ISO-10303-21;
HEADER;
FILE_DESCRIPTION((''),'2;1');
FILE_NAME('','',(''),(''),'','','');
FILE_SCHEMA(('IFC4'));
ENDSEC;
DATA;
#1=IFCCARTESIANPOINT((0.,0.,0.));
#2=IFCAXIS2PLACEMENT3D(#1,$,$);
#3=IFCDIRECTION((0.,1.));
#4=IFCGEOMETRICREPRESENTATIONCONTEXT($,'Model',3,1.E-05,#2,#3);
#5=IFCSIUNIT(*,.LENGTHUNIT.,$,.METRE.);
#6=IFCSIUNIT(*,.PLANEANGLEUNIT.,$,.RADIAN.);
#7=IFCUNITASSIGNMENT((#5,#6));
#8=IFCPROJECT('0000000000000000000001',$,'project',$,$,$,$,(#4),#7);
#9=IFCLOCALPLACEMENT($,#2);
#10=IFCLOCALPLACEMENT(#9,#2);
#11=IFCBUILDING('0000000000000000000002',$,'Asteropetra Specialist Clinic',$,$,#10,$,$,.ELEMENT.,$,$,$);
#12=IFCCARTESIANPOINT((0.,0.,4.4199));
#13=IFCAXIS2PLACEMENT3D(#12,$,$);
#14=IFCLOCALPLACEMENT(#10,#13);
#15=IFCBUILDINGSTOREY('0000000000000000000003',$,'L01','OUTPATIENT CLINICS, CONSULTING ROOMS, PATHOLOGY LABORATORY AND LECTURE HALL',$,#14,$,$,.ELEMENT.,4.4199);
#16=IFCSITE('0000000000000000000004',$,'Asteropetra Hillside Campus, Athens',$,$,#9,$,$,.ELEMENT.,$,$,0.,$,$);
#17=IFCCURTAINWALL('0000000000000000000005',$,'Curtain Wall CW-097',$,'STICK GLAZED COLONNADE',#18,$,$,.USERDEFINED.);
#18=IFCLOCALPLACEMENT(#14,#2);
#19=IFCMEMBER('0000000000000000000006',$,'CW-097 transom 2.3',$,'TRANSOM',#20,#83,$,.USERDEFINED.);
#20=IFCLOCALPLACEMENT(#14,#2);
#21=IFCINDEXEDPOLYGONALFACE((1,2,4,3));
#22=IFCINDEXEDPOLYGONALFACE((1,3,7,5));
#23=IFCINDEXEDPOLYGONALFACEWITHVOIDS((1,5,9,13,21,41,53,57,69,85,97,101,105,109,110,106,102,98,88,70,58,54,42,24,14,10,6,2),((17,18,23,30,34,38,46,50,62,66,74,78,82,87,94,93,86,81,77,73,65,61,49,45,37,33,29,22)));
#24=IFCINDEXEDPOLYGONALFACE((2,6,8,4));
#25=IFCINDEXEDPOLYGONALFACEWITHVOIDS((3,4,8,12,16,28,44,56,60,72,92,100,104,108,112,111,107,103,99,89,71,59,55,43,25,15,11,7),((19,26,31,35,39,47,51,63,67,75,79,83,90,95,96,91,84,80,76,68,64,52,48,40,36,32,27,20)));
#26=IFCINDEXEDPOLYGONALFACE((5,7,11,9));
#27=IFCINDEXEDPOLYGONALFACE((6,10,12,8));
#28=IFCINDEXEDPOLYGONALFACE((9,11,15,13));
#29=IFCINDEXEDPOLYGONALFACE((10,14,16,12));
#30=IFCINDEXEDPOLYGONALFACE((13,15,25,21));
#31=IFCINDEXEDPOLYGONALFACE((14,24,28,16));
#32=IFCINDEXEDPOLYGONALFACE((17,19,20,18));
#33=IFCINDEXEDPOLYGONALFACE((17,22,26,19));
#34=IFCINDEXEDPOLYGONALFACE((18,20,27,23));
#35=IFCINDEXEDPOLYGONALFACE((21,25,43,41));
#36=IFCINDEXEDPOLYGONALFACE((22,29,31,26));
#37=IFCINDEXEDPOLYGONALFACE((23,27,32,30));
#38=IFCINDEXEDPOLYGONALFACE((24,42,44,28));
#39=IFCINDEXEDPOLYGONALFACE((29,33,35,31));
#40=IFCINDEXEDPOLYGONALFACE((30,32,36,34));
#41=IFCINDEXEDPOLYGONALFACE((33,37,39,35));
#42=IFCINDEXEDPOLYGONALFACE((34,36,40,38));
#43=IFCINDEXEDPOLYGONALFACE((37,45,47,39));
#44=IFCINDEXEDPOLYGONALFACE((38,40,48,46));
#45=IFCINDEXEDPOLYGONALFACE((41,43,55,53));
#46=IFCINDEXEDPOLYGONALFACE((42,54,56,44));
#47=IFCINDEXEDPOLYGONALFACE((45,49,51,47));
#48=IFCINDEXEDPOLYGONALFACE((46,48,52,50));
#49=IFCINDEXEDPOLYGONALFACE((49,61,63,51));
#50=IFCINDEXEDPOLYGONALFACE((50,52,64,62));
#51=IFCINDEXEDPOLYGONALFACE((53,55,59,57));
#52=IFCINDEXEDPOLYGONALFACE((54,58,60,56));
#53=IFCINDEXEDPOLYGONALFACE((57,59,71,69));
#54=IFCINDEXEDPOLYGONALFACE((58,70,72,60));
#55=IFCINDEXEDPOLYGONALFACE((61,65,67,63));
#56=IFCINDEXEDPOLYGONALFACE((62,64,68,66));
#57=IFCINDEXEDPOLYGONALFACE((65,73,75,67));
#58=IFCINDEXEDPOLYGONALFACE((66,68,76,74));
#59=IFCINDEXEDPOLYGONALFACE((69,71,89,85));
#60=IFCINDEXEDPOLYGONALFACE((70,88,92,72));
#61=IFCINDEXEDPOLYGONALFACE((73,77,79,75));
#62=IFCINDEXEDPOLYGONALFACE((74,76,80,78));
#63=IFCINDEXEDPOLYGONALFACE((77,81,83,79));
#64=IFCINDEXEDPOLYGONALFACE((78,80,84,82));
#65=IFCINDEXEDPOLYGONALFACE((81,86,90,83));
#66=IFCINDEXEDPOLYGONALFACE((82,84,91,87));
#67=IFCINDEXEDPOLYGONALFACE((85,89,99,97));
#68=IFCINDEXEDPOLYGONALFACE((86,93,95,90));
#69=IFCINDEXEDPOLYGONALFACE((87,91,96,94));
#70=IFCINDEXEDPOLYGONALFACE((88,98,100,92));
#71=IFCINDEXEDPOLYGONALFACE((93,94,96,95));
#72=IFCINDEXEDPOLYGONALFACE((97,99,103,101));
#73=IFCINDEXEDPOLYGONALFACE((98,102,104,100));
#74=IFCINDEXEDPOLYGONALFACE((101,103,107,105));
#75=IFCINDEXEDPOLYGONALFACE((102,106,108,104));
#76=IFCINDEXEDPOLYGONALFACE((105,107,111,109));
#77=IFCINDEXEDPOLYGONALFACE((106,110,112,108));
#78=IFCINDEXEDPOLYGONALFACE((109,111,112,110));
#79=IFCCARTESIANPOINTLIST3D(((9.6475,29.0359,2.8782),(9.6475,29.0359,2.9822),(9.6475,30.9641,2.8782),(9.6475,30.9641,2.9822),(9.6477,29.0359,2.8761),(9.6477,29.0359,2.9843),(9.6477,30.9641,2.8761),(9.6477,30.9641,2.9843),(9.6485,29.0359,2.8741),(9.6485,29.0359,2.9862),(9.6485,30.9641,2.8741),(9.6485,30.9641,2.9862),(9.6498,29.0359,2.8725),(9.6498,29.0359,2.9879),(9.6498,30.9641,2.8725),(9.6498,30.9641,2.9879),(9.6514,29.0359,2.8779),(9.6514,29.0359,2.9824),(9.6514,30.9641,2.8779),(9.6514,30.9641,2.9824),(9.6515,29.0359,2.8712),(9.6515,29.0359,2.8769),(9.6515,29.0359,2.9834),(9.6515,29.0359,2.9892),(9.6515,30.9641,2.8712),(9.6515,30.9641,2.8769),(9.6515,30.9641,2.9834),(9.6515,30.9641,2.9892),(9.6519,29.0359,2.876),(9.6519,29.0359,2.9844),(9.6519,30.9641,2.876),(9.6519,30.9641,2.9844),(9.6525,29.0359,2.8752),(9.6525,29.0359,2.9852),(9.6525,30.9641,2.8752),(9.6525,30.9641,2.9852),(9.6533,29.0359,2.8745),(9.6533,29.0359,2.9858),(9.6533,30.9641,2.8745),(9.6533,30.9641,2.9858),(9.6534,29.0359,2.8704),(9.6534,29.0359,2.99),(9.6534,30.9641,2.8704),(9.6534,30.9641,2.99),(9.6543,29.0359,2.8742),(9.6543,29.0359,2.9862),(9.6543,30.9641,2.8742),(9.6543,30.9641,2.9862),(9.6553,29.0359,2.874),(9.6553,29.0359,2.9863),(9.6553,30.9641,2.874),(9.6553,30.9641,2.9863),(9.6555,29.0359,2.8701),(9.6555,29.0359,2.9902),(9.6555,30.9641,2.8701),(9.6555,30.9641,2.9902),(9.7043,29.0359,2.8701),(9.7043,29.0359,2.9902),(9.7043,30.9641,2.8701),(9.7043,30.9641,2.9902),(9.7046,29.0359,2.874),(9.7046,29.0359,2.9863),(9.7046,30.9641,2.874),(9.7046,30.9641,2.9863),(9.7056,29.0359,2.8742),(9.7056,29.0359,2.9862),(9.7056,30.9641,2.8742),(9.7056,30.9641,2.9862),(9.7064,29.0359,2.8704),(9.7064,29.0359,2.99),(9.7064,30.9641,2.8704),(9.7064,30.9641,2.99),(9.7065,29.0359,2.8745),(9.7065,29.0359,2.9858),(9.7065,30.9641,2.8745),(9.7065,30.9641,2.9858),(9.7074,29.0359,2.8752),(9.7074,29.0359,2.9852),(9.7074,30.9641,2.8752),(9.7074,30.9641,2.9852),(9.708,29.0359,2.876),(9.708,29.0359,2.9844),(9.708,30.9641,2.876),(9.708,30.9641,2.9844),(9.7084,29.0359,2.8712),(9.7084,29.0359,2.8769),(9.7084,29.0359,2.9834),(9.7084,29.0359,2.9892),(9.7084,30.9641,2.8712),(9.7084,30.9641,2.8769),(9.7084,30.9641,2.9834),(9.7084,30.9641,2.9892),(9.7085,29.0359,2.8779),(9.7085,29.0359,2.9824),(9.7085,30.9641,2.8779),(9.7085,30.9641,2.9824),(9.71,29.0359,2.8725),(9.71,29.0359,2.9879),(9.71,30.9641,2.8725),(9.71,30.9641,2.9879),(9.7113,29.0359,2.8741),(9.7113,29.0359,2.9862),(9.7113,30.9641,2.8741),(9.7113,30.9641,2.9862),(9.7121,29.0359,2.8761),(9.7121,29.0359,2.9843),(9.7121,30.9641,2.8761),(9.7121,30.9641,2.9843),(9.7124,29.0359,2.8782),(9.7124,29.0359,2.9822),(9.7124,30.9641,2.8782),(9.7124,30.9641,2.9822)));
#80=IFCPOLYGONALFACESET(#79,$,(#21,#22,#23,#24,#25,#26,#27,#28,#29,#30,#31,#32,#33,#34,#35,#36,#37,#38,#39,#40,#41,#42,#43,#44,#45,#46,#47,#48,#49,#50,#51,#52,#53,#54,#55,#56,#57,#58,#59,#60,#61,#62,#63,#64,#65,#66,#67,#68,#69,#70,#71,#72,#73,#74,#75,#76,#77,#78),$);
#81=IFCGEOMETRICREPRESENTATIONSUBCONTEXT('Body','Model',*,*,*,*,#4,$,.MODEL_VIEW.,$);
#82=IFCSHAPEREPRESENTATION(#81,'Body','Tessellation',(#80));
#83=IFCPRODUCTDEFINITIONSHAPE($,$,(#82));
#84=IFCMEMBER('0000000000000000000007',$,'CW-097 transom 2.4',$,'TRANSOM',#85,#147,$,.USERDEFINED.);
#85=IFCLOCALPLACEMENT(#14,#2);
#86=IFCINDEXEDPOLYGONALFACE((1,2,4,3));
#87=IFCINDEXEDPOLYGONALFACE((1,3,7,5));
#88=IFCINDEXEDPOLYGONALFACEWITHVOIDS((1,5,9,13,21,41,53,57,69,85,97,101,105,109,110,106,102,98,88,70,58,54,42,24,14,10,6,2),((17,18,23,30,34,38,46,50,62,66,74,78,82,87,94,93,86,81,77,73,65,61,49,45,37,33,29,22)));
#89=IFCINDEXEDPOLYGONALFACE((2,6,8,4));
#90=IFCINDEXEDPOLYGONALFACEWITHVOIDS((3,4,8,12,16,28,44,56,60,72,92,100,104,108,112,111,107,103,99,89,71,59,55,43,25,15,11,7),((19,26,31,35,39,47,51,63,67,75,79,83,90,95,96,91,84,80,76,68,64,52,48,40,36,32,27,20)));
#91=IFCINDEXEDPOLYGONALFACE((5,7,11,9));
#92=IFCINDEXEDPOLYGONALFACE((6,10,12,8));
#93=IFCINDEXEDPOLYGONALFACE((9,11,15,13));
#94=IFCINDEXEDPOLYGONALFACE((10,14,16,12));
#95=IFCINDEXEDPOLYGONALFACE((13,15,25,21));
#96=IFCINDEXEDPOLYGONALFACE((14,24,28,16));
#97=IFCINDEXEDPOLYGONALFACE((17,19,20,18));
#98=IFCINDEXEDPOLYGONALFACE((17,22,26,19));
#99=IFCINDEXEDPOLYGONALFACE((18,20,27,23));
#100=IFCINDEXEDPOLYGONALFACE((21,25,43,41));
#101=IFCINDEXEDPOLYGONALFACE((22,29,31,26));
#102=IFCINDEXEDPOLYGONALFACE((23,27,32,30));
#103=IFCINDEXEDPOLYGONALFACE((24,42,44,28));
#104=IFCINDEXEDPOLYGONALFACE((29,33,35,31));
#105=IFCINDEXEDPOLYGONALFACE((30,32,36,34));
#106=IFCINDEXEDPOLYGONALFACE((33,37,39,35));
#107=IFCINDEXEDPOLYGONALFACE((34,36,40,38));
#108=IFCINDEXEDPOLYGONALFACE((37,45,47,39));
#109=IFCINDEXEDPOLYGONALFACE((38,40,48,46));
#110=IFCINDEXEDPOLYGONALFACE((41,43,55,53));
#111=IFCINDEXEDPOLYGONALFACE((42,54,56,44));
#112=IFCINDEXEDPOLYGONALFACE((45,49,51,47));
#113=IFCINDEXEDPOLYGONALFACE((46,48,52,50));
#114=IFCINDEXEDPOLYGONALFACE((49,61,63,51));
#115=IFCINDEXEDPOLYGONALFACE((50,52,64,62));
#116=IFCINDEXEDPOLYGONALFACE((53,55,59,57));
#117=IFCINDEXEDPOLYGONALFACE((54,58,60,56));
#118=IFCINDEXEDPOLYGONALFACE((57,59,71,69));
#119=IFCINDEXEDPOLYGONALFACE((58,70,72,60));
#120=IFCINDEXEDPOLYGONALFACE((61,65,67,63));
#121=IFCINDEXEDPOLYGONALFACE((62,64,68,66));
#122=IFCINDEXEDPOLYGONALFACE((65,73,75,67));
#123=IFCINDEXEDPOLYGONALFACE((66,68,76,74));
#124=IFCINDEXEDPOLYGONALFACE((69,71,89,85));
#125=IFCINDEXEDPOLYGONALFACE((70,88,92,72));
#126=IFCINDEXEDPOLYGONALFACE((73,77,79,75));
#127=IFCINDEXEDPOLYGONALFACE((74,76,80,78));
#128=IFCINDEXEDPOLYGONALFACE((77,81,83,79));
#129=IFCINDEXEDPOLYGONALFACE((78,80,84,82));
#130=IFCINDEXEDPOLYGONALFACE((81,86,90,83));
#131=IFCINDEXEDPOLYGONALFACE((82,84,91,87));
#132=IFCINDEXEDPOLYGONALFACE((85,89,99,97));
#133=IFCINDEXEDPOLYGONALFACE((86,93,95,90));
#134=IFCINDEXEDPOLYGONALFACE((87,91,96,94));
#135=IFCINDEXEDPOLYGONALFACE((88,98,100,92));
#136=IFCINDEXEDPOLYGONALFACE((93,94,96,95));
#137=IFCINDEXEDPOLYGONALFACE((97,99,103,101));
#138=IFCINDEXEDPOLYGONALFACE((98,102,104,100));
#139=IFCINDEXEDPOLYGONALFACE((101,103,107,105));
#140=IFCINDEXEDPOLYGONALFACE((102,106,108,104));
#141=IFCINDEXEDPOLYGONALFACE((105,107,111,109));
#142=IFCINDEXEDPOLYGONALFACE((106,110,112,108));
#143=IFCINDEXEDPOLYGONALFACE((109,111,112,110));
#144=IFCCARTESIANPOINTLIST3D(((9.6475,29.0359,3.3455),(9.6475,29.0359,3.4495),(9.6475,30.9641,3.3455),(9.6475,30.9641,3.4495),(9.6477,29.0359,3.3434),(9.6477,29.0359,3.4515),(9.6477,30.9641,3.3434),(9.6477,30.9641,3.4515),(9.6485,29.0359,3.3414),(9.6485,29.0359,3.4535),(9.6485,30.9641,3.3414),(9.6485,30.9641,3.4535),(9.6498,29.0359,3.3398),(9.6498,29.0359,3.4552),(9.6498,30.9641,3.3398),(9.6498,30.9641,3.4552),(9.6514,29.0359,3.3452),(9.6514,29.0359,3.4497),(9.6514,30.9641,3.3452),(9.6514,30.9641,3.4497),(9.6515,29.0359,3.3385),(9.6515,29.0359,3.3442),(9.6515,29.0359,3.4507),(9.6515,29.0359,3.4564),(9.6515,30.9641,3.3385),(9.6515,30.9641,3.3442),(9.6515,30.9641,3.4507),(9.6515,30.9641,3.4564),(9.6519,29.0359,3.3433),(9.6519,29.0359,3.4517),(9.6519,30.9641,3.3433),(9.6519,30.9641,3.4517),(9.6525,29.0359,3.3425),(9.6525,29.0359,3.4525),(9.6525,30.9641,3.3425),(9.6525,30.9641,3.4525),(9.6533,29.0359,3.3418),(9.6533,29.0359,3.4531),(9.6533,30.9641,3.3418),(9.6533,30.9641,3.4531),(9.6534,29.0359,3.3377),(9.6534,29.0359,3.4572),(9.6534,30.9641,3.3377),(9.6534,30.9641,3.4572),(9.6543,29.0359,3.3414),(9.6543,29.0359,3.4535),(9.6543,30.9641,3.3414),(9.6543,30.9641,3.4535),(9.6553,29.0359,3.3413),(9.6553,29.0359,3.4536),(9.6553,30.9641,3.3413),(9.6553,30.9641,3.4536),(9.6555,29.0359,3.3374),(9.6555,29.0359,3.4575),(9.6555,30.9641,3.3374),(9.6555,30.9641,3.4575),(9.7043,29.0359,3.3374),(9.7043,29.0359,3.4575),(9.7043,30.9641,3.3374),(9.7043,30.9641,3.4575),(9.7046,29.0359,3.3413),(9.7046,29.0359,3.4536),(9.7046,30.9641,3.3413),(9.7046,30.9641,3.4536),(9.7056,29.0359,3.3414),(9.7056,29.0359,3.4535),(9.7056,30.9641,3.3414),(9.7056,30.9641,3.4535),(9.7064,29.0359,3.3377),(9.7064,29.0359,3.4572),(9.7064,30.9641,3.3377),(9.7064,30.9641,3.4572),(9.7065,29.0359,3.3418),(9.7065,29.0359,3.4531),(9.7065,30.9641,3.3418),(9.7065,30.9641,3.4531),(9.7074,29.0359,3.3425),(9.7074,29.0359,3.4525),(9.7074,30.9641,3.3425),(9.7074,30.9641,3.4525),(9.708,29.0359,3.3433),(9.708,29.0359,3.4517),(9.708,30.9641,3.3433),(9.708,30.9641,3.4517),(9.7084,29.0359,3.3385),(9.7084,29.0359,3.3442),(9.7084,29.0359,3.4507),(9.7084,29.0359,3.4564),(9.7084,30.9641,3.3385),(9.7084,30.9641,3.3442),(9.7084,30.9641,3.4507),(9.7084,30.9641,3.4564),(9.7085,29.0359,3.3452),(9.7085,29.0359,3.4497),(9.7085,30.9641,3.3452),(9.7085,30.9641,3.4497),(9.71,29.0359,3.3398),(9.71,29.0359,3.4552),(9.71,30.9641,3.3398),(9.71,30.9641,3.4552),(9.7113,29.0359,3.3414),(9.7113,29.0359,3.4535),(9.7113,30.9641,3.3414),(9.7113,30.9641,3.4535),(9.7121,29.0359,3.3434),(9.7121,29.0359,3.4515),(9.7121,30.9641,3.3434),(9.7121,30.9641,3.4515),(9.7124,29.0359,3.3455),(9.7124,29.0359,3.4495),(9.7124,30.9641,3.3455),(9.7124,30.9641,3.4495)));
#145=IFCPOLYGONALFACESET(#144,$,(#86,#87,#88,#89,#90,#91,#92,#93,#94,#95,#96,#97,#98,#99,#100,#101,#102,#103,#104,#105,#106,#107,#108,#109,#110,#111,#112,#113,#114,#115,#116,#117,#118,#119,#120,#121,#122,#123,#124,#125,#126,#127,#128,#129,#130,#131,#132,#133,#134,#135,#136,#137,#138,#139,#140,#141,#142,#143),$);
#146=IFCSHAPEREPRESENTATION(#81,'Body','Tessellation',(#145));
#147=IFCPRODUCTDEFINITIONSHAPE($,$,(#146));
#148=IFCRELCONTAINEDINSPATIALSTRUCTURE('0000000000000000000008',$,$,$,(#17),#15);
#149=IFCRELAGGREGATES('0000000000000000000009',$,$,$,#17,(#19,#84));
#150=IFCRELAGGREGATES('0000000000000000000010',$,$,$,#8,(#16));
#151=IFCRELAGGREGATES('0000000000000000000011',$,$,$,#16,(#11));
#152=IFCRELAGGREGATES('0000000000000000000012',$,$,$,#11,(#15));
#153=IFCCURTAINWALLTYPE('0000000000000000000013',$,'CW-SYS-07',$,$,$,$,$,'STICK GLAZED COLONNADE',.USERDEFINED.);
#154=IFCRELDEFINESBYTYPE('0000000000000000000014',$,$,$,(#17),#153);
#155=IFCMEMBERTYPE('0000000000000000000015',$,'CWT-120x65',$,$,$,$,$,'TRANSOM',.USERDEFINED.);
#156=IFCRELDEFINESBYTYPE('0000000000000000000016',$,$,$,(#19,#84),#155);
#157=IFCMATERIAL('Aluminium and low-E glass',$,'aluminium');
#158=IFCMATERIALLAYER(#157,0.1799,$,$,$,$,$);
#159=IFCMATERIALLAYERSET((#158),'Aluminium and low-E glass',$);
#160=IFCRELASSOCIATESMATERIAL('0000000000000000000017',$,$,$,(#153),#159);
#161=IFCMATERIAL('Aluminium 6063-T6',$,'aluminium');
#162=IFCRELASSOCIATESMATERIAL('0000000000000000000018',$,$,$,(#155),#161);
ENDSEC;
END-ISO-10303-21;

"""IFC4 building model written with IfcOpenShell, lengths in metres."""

from ifc_helpers import new_model, si_unit, direction, frame, origin, origin_2d, place, context, subcontext, project, spatial, hollow_rectangle, extrude, material, layer, layer_set, material_profile, profile_set, type_object, element, aggregate, save


model = new_model("IFC4")

# Units and contexts
model_context = context("Model", 3, precision=1e-05, world=origin(), true_north=direction((0.0, 1.0)))
body_context = subcontext(model_context, "Body", "Model", "MODEL_VIEW")
ifc_project = project(units=[si_unit("LENGTHUNIT", "METRE"), si_unit("PLANEANGLEUNIT", "RADIAN")], contexts=[model_context])

# Site, building, storey
site_placement = place(None, origin())
site = spatial("IfcSite", under=ifc_project, at=site_placement, Name="Asteropetra Hillside Campus, Athens", CompositionType="ELEMENT", RefElevation=0.0)
building_placement = place(site_placement, origin())
building = spatial("IfcBuilding", under=site, at=building_placement, Name="Asteropetra Specialist Clinic", CompositionType="ELEMENT")
storey_placement = place(building_placement, frame((0.0, 0.0, 4.4199)))
storey = spatial("IfcBuildingStorey", under=building, at=storey_placement, Name="L01", Description="OUTPATIENT CLINICS, CONSULTING ROOMS, PATHOLOGY LABORATORY AND LECTURE HALL", CompositionType="ELEMENT", Elevation=4.4199)

# Curtain wall, members
ifc_material_1 = material(Name="Aluminium and low-E glass", Category="aluminium")
ifc_layer_1 = layer(ifc_material_1, 0.1799)
ifc_layer_set_1 = layer_set([ifc_layer_1], Name="Aluminium and low-E glass")
curtain_wall_type = type_object("IfcCurtainWallType", Name="CW-SYS-07", ElementType="STICK GLAZED COLONNADE", PredefinedType="USERDEFINED", material=ifc_layer_set_1)
curtain_wall_placement = place(storey_placement, origin())
curtain_wall = element("IfcCurtainWall", 1, at=curtain_wall_placement, inside=storey, type_object=curtain_wall_type, Name="Curtain Wall CW-097", ObjectType="STICK GLAZED COLONNADE", PredefinedType="USERDEFINED")
ifc_material_2 = material(Name="Aluminium 6063-T6", Category="aluminium")
ifc_material_profile_1 = material_profile(ifc_material_2, hollow_rectangle(XDim=0.0649, YDim=0.1201, WallThickness=0.0039, InnerFilletRadius=0.0039, OuterFilletRadius=0.0081, at=origin_2d()), Name="TRN 120x65x4.0")
ifc_profile_set_1 = profile_set([ifc_material_profile_1], Name="Aluminium 6063-T6")
member_type_1 = type_object("IfcMemberType", Name="CWT-120x65", ElementType="TRANSOM", PredefinedType="USERDEFINED", material=ifc_profile_set_1)
member_1_placement = place(storey_placement, frame((9.6799, 29.0359, 2.9302), z_axis=(0.0, 1.0, 0.0), x_axis=(-1.0, 0.0, 0.0)))
member_1 = element("IfcMember", 2, at=member_1_placement, type_object=member_type_1, Name="CW-097 transom 2.3", ObjectType="TRANSOM", PredefinedType="USERDEFINED", context=body_context, shape_type="SweptSolid", body=[
    extrude(hollow_rectangle(XDim=0.0649, YDim=0.1201, WallThickness=0.0039, InnerFilletRadius=0.0039, OuterFilletRadius=0.0081, at=origin_2d()), origin(), (0.0, 0.0, 1.0), 1.9282),
])
member_2_placement = place(storey_placement, frame((9.6799, 29.0359, 3.3975), z_axis=(0.0, 1.0, 0.0), x_axis=(-1.0, 0.0, 0.0)))
member_2 = element("IfcMember", 3, at=member_2_placement, type_object=member_type_1, Name="CW-097 transom 2.4", ObjectType="TRANSOM", PredefinedType="USERDEFINED", context=body_context, shape_type="SweptSolid", body=[
    extrude(hollow_rectangle(XDim=0.0649, YDim=0.1201, WallThickness=0.0039, InnerFilletRadius=0.0039, OuterFilletRadius=0.0081, at=origin_2d()), origin(), (0.0, 0.0, 1.0), 1.9282),
])

aggregate(curtain_wall, [member_1, member_2])

save(model, "model.ifc")
